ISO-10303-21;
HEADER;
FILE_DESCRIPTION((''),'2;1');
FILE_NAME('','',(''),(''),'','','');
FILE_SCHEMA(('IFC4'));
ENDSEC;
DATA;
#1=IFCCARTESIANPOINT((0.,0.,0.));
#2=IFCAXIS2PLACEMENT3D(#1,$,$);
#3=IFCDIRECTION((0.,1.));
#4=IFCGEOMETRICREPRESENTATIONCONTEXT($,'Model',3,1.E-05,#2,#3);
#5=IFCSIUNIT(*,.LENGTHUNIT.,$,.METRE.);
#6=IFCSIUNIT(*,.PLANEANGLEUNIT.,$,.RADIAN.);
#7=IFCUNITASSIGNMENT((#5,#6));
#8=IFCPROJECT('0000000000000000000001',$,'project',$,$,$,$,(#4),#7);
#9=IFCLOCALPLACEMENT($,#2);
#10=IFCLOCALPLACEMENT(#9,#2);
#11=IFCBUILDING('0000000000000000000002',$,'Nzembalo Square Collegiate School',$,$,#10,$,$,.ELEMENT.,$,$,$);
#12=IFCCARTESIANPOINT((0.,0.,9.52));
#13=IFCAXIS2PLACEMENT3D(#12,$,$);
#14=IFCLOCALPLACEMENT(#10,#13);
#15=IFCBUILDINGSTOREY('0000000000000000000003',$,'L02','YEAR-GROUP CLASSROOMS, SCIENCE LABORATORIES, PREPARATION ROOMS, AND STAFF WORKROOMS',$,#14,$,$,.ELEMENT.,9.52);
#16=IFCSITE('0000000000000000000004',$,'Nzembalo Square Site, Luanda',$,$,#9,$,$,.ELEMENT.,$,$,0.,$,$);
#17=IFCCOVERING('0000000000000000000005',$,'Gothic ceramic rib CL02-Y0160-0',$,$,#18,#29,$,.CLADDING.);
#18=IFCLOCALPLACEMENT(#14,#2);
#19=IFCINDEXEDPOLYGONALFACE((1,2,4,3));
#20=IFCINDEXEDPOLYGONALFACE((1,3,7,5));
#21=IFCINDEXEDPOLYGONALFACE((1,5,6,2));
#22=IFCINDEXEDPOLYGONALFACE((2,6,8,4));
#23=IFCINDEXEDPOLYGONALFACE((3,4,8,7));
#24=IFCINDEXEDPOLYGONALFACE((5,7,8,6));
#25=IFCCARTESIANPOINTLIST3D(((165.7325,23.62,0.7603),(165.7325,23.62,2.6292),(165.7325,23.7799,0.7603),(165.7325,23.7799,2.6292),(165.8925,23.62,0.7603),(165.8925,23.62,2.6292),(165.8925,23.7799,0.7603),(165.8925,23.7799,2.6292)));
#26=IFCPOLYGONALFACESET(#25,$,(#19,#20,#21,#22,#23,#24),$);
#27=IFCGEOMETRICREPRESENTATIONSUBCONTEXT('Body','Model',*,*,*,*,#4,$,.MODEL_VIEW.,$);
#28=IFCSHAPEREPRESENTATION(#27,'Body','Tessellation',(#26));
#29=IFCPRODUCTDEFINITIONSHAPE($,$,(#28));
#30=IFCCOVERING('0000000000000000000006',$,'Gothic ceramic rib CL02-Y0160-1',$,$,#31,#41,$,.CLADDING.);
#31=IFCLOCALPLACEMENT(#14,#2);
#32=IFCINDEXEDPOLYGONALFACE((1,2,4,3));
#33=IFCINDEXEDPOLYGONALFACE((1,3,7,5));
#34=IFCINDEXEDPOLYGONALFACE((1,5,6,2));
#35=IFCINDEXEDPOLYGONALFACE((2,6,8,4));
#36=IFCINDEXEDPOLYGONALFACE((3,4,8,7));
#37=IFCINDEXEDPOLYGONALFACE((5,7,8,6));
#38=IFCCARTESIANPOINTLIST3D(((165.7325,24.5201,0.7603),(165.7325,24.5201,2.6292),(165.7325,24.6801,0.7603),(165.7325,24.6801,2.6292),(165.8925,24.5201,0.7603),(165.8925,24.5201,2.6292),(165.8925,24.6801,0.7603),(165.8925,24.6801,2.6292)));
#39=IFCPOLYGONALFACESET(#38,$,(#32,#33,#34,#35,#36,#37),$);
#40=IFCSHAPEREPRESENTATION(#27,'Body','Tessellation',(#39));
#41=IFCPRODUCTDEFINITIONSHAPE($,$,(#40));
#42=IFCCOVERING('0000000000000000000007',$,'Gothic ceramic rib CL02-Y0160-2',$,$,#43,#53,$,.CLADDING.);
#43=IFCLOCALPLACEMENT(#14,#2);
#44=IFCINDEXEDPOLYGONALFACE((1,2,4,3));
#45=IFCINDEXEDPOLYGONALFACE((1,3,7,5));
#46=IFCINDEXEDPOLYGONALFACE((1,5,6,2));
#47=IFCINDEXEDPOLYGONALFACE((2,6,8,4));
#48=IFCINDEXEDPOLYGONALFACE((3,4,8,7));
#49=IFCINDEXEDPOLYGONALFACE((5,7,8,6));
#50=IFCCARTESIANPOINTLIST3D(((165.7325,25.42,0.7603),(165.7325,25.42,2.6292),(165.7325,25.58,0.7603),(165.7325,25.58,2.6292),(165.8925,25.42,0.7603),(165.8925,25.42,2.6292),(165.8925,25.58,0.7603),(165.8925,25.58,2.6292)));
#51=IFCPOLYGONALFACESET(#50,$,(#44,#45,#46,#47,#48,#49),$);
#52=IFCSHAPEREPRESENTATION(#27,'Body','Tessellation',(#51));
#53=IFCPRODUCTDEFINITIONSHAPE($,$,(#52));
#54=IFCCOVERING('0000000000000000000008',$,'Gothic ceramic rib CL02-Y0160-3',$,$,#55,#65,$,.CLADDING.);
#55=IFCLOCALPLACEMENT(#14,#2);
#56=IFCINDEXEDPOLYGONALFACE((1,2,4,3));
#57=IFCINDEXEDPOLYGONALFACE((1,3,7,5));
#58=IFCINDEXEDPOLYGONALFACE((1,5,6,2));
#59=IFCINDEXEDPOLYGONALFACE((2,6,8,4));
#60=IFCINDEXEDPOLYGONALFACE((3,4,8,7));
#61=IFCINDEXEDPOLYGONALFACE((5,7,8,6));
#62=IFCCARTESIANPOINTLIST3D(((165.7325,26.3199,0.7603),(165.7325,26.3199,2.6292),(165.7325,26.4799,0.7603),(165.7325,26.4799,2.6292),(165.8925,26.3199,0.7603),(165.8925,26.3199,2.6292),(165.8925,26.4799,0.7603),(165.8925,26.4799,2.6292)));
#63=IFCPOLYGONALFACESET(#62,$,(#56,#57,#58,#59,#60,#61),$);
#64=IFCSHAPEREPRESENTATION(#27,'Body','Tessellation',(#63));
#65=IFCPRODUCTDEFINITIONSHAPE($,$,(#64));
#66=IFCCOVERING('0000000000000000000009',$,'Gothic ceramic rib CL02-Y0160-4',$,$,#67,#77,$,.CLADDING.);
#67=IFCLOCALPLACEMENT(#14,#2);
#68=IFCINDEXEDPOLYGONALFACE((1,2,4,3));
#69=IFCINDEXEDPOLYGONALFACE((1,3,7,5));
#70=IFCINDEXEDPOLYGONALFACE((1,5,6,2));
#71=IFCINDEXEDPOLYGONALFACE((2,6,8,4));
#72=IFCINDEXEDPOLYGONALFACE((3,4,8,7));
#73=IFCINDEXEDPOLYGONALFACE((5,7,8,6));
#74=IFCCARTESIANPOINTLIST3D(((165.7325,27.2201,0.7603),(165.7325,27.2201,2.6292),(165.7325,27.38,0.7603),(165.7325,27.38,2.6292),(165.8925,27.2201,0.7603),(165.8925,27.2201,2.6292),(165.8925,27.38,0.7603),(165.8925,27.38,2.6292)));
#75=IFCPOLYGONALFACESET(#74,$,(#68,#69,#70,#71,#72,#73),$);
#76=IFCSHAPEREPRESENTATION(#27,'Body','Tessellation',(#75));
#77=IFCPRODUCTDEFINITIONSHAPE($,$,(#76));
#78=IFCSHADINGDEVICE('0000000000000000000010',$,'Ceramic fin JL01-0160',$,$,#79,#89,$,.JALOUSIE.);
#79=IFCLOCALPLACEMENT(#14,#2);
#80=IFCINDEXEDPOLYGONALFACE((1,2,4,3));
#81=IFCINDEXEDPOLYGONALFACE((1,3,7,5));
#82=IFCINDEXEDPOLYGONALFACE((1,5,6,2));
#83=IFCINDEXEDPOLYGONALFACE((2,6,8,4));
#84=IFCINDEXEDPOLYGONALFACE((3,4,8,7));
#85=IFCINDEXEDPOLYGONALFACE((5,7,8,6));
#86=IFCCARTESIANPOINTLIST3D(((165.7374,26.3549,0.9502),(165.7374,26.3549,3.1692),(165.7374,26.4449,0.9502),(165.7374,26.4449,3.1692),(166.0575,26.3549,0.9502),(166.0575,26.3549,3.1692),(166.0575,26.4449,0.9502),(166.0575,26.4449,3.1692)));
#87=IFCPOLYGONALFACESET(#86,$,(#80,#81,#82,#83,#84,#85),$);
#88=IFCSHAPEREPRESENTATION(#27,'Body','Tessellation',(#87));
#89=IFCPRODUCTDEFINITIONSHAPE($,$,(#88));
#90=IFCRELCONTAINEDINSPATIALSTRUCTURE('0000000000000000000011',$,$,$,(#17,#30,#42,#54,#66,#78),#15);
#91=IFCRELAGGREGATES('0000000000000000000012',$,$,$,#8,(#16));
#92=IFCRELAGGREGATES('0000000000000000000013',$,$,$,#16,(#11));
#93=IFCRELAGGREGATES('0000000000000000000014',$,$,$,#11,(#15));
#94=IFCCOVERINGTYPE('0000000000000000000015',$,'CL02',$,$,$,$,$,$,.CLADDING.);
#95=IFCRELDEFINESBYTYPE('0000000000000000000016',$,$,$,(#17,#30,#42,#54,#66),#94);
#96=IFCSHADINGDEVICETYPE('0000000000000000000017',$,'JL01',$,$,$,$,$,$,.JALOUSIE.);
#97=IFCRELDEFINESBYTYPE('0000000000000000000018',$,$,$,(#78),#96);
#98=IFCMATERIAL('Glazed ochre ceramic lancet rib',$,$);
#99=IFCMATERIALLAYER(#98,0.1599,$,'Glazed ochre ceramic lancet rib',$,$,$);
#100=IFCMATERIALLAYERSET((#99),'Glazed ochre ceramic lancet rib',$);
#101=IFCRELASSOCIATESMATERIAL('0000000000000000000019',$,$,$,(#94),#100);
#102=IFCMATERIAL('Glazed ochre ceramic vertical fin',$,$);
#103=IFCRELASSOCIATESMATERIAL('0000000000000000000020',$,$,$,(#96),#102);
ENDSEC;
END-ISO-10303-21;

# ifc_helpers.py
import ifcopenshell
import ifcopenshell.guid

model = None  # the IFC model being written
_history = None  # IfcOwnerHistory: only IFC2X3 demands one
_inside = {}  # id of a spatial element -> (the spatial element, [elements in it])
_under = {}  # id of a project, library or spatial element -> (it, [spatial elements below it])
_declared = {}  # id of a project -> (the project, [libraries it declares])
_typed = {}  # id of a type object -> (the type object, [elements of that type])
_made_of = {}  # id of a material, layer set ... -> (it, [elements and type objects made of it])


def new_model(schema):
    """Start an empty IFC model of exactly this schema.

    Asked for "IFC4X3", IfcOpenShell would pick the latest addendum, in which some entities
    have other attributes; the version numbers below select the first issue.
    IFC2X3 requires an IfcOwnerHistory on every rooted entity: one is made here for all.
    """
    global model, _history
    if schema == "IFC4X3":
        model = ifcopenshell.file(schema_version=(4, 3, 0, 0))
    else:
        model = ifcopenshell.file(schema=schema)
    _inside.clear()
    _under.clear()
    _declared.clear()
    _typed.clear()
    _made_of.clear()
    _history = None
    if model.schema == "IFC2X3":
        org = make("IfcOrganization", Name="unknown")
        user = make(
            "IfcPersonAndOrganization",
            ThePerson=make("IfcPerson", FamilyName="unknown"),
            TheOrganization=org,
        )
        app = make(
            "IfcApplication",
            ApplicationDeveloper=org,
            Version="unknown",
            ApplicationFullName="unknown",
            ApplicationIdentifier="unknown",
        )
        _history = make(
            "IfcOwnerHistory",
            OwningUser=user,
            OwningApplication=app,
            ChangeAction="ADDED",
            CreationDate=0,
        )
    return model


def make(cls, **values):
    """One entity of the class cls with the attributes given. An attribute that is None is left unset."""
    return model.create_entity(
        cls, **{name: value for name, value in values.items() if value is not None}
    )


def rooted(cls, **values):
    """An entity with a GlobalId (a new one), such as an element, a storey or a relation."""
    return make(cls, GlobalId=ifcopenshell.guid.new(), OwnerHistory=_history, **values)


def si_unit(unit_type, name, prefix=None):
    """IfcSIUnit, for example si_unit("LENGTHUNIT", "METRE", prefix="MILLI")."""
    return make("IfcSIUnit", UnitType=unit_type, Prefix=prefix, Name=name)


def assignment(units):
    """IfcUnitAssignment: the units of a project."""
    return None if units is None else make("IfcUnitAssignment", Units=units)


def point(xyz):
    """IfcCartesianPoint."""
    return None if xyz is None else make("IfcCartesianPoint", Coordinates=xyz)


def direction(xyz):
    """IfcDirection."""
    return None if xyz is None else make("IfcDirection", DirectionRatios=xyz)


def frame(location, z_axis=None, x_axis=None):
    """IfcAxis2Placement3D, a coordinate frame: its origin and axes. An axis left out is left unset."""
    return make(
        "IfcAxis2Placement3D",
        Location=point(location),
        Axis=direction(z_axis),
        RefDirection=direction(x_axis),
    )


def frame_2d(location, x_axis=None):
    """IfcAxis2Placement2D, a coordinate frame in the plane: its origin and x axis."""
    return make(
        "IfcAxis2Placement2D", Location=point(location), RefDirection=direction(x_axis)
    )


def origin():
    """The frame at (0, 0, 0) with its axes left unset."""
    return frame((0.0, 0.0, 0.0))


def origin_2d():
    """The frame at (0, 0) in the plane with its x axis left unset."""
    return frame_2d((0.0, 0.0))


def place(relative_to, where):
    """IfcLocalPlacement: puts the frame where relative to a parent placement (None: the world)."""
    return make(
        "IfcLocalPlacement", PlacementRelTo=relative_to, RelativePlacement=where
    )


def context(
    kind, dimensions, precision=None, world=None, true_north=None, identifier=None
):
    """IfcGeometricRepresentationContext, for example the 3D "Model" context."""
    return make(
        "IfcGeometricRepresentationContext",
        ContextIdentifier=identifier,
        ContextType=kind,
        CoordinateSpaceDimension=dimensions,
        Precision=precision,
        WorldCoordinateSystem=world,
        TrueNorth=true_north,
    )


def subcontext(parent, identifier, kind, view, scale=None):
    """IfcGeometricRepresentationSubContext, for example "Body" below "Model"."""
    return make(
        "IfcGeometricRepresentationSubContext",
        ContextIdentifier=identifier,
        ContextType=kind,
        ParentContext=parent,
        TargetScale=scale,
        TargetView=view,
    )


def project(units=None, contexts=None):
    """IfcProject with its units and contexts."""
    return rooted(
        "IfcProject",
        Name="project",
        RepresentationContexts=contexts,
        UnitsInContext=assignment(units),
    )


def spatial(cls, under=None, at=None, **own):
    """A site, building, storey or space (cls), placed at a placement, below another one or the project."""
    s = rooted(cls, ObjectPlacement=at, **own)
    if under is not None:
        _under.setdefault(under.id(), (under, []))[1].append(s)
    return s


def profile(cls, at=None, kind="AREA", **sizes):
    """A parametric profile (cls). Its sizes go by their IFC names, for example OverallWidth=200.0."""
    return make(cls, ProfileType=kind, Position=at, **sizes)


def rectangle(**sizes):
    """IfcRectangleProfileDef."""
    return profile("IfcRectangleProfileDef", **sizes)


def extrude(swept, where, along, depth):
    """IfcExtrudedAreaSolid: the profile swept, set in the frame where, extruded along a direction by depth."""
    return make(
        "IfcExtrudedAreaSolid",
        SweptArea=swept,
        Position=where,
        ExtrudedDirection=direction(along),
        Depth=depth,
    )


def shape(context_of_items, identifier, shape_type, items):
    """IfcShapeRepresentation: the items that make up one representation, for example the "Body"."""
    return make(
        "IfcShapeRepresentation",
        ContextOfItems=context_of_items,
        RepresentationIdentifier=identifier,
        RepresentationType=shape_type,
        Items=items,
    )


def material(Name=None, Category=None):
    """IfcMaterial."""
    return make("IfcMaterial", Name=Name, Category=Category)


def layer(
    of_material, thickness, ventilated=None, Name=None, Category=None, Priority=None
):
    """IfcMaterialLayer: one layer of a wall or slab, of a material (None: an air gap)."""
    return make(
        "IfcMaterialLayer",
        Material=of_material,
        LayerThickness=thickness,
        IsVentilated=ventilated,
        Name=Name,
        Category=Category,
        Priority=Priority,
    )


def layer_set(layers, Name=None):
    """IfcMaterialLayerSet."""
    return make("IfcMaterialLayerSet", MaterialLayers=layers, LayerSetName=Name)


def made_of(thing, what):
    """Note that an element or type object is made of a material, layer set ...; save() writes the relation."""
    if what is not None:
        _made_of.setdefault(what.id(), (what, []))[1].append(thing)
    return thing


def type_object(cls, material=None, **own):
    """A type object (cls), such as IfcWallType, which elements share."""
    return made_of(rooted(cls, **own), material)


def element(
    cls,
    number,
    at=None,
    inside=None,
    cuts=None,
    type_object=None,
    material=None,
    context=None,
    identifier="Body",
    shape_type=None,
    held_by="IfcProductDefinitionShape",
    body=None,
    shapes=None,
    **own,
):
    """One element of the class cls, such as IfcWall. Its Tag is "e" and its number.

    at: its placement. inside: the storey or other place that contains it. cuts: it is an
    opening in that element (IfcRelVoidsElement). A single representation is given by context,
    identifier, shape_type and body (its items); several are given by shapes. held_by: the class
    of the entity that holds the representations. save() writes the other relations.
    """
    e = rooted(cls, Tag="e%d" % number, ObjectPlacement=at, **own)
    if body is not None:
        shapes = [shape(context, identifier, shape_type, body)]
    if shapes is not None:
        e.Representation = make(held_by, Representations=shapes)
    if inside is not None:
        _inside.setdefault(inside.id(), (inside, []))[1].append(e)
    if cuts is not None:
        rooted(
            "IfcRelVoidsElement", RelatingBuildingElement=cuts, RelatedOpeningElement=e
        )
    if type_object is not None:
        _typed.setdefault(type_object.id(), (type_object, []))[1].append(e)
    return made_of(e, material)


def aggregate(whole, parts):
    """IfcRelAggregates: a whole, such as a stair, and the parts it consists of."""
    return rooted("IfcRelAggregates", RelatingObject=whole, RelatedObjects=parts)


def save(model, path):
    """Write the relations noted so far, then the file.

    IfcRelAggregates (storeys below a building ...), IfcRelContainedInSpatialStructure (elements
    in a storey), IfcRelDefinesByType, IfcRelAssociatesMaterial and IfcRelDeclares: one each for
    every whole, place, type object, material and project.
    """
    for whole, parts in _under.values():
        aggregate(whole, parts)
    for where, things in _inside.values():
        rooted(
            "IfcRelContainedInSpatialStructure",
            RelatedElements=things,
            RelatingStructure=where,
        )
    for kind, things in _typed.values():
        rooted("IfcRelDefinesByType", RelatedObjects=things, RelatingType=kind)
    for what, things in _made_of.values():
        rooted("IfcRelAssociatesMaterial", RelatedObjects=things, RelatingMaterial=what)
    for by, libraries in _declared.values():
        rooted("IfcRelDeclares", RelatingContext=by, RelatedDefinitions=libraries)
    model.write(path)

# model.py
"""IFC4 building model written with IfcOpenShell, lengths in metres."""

from ifc_helpers import new_model, si_unit, direction, frame, origin, origin_2d, place, context, subcontext, project, spatial, rectangle, extrude, material, layer, layer_set, type_object, element, save


model = new_model("IFC4")

# Units and contexts
model_context = context("Model", 3, precision=1e-05, world=origin(), true_north=direction((0.0, 1.0)))
body_context = subcontext(model_context, "Body", "Model", "MODEL_VIEW")
ifc_project = project(units=[si_unit("LENGTHUNIT", "METRE"), si_unit("PLANEANGLEUNIT", "RADIAN")], contexts=[model_context])

# Site, building, storey
site_placement = place(None, origin())
site = spatial("IfcSite", under=ifc_project, at=site_placement, Name="Nzembalo Square Site, Luanda", CompositionType="ELEMENT", RefElevation=0.0)
building_placement = place(site_placement, origin())
building = spatial("IfcBuilding", under=site, at=building_placement, Name="Nzembalo Square Collegiate School", CompositionType="ELEMENT")
storey_placement = place(building_placement, frame((0.0, 0.0, 9.52)))
storey = spatial("IfcBuildingStorey", under=building, at=storey_placement, Name="L02", Description="YEAR-GROUP CLASSROOMS, SCIENCE LABORATORIES, PREPARATION ROOMS, AND STAFF WORKROOMS", CompositionType="ELEMENT", Elevation=9.52)

# Coverings
ifc_material_1 = material(Name="Glazed ochre ceramic lancet rib")
ifc_layer_1 = layer(ifc_material_1, 0.1599, Name="Glazed ochre ceramic lancet rib")
ifc_layer_set_1 = layer_set([ifc_layer_1], Name="Glazed ochre ceramic lancet rib")
covering_type_1 = type_object("IfcCoveringType", Name="CL02", PredefinedType="CLADDING", material=ifc_layer_set_1)
for number, where, z_axis, x_axis, name in (
    (1, (165.8125, 23.7, 0.7603), (0.0, 0.0, 1.0), (1.0, 0.0, 0.0), "Gothic ceramic rib CL02-Y0160-0"),
    (2, (165.8125, 24.6001, 0.7603), (0.0, 0.0, 1.0), (1.0, 0.0, 0.0), "Gothic ceramic rib CL02-Y0160-1"),
    (3, (165.8125, 25.5, 0.7603), (0.0, 0.0, 1.0), (1.0, 0.0, 0.0), "Gothic ceramic rib CL02-Y0160-2"),
    (4, (165.8125, 26.3999, 0.7603), (0.0, 0.0, 1.0), (1.0, 0.0, 0.0), "Gothic ceramic rib CL02-Y0160-3"),
    (5, (165.8125, 27.3, 0.7603), (0.0, 0.0, 1.0), (1.0, 0.0, 0.0), "Gothic ceramic rib CL02-Y0160-4"),
):
    element("IfcCovering", number, at=place(storey_placement, frame(where, z_axis=z_axis, x_axis=x_axis)), inside=storey, type_object=covering_type_1, Name=name, PredefinedType="CLADDING", context=body_context, shape_type="SweptSolid", body=[
        extrude(rectangle(XDim=0.1599, YDim=0.1599, at=origin_2d()), origin(), (0.0, 0.0, 1.0), 1.8689),
    ])

# Shading device
ifc_material_2 = material(Name="Glazed ochre ceramic vertical fin")
shading_device_type = type_object("IfcShadingDeviceType", Name="JL01", PredefinedType="JALOUSIE", material=ifc_material_2)
shading_device_placement = place(storey_placement, frame((165.8975, 26.3999, 0.9502), z_axis=(0.0, 0.0, 1.0), x_axis=(1.0, 0.0, 0.0)))
element("IfcShadingDevice", 6, at=shading_device_placement, inside=storey, type_object=shading_device_type, Name="Ceramic fin JL01-0160", PredefinedType="JALOUSIE", context=body_context, shape_type="SweptSolid", body=[
    extrude(rectangle(XDim=0.3201, YDim=0.0901, at=origin_2d()), origin(), (0.0, 0.0, 1.0), 2.219),
])

save(model, "model.ifc")
